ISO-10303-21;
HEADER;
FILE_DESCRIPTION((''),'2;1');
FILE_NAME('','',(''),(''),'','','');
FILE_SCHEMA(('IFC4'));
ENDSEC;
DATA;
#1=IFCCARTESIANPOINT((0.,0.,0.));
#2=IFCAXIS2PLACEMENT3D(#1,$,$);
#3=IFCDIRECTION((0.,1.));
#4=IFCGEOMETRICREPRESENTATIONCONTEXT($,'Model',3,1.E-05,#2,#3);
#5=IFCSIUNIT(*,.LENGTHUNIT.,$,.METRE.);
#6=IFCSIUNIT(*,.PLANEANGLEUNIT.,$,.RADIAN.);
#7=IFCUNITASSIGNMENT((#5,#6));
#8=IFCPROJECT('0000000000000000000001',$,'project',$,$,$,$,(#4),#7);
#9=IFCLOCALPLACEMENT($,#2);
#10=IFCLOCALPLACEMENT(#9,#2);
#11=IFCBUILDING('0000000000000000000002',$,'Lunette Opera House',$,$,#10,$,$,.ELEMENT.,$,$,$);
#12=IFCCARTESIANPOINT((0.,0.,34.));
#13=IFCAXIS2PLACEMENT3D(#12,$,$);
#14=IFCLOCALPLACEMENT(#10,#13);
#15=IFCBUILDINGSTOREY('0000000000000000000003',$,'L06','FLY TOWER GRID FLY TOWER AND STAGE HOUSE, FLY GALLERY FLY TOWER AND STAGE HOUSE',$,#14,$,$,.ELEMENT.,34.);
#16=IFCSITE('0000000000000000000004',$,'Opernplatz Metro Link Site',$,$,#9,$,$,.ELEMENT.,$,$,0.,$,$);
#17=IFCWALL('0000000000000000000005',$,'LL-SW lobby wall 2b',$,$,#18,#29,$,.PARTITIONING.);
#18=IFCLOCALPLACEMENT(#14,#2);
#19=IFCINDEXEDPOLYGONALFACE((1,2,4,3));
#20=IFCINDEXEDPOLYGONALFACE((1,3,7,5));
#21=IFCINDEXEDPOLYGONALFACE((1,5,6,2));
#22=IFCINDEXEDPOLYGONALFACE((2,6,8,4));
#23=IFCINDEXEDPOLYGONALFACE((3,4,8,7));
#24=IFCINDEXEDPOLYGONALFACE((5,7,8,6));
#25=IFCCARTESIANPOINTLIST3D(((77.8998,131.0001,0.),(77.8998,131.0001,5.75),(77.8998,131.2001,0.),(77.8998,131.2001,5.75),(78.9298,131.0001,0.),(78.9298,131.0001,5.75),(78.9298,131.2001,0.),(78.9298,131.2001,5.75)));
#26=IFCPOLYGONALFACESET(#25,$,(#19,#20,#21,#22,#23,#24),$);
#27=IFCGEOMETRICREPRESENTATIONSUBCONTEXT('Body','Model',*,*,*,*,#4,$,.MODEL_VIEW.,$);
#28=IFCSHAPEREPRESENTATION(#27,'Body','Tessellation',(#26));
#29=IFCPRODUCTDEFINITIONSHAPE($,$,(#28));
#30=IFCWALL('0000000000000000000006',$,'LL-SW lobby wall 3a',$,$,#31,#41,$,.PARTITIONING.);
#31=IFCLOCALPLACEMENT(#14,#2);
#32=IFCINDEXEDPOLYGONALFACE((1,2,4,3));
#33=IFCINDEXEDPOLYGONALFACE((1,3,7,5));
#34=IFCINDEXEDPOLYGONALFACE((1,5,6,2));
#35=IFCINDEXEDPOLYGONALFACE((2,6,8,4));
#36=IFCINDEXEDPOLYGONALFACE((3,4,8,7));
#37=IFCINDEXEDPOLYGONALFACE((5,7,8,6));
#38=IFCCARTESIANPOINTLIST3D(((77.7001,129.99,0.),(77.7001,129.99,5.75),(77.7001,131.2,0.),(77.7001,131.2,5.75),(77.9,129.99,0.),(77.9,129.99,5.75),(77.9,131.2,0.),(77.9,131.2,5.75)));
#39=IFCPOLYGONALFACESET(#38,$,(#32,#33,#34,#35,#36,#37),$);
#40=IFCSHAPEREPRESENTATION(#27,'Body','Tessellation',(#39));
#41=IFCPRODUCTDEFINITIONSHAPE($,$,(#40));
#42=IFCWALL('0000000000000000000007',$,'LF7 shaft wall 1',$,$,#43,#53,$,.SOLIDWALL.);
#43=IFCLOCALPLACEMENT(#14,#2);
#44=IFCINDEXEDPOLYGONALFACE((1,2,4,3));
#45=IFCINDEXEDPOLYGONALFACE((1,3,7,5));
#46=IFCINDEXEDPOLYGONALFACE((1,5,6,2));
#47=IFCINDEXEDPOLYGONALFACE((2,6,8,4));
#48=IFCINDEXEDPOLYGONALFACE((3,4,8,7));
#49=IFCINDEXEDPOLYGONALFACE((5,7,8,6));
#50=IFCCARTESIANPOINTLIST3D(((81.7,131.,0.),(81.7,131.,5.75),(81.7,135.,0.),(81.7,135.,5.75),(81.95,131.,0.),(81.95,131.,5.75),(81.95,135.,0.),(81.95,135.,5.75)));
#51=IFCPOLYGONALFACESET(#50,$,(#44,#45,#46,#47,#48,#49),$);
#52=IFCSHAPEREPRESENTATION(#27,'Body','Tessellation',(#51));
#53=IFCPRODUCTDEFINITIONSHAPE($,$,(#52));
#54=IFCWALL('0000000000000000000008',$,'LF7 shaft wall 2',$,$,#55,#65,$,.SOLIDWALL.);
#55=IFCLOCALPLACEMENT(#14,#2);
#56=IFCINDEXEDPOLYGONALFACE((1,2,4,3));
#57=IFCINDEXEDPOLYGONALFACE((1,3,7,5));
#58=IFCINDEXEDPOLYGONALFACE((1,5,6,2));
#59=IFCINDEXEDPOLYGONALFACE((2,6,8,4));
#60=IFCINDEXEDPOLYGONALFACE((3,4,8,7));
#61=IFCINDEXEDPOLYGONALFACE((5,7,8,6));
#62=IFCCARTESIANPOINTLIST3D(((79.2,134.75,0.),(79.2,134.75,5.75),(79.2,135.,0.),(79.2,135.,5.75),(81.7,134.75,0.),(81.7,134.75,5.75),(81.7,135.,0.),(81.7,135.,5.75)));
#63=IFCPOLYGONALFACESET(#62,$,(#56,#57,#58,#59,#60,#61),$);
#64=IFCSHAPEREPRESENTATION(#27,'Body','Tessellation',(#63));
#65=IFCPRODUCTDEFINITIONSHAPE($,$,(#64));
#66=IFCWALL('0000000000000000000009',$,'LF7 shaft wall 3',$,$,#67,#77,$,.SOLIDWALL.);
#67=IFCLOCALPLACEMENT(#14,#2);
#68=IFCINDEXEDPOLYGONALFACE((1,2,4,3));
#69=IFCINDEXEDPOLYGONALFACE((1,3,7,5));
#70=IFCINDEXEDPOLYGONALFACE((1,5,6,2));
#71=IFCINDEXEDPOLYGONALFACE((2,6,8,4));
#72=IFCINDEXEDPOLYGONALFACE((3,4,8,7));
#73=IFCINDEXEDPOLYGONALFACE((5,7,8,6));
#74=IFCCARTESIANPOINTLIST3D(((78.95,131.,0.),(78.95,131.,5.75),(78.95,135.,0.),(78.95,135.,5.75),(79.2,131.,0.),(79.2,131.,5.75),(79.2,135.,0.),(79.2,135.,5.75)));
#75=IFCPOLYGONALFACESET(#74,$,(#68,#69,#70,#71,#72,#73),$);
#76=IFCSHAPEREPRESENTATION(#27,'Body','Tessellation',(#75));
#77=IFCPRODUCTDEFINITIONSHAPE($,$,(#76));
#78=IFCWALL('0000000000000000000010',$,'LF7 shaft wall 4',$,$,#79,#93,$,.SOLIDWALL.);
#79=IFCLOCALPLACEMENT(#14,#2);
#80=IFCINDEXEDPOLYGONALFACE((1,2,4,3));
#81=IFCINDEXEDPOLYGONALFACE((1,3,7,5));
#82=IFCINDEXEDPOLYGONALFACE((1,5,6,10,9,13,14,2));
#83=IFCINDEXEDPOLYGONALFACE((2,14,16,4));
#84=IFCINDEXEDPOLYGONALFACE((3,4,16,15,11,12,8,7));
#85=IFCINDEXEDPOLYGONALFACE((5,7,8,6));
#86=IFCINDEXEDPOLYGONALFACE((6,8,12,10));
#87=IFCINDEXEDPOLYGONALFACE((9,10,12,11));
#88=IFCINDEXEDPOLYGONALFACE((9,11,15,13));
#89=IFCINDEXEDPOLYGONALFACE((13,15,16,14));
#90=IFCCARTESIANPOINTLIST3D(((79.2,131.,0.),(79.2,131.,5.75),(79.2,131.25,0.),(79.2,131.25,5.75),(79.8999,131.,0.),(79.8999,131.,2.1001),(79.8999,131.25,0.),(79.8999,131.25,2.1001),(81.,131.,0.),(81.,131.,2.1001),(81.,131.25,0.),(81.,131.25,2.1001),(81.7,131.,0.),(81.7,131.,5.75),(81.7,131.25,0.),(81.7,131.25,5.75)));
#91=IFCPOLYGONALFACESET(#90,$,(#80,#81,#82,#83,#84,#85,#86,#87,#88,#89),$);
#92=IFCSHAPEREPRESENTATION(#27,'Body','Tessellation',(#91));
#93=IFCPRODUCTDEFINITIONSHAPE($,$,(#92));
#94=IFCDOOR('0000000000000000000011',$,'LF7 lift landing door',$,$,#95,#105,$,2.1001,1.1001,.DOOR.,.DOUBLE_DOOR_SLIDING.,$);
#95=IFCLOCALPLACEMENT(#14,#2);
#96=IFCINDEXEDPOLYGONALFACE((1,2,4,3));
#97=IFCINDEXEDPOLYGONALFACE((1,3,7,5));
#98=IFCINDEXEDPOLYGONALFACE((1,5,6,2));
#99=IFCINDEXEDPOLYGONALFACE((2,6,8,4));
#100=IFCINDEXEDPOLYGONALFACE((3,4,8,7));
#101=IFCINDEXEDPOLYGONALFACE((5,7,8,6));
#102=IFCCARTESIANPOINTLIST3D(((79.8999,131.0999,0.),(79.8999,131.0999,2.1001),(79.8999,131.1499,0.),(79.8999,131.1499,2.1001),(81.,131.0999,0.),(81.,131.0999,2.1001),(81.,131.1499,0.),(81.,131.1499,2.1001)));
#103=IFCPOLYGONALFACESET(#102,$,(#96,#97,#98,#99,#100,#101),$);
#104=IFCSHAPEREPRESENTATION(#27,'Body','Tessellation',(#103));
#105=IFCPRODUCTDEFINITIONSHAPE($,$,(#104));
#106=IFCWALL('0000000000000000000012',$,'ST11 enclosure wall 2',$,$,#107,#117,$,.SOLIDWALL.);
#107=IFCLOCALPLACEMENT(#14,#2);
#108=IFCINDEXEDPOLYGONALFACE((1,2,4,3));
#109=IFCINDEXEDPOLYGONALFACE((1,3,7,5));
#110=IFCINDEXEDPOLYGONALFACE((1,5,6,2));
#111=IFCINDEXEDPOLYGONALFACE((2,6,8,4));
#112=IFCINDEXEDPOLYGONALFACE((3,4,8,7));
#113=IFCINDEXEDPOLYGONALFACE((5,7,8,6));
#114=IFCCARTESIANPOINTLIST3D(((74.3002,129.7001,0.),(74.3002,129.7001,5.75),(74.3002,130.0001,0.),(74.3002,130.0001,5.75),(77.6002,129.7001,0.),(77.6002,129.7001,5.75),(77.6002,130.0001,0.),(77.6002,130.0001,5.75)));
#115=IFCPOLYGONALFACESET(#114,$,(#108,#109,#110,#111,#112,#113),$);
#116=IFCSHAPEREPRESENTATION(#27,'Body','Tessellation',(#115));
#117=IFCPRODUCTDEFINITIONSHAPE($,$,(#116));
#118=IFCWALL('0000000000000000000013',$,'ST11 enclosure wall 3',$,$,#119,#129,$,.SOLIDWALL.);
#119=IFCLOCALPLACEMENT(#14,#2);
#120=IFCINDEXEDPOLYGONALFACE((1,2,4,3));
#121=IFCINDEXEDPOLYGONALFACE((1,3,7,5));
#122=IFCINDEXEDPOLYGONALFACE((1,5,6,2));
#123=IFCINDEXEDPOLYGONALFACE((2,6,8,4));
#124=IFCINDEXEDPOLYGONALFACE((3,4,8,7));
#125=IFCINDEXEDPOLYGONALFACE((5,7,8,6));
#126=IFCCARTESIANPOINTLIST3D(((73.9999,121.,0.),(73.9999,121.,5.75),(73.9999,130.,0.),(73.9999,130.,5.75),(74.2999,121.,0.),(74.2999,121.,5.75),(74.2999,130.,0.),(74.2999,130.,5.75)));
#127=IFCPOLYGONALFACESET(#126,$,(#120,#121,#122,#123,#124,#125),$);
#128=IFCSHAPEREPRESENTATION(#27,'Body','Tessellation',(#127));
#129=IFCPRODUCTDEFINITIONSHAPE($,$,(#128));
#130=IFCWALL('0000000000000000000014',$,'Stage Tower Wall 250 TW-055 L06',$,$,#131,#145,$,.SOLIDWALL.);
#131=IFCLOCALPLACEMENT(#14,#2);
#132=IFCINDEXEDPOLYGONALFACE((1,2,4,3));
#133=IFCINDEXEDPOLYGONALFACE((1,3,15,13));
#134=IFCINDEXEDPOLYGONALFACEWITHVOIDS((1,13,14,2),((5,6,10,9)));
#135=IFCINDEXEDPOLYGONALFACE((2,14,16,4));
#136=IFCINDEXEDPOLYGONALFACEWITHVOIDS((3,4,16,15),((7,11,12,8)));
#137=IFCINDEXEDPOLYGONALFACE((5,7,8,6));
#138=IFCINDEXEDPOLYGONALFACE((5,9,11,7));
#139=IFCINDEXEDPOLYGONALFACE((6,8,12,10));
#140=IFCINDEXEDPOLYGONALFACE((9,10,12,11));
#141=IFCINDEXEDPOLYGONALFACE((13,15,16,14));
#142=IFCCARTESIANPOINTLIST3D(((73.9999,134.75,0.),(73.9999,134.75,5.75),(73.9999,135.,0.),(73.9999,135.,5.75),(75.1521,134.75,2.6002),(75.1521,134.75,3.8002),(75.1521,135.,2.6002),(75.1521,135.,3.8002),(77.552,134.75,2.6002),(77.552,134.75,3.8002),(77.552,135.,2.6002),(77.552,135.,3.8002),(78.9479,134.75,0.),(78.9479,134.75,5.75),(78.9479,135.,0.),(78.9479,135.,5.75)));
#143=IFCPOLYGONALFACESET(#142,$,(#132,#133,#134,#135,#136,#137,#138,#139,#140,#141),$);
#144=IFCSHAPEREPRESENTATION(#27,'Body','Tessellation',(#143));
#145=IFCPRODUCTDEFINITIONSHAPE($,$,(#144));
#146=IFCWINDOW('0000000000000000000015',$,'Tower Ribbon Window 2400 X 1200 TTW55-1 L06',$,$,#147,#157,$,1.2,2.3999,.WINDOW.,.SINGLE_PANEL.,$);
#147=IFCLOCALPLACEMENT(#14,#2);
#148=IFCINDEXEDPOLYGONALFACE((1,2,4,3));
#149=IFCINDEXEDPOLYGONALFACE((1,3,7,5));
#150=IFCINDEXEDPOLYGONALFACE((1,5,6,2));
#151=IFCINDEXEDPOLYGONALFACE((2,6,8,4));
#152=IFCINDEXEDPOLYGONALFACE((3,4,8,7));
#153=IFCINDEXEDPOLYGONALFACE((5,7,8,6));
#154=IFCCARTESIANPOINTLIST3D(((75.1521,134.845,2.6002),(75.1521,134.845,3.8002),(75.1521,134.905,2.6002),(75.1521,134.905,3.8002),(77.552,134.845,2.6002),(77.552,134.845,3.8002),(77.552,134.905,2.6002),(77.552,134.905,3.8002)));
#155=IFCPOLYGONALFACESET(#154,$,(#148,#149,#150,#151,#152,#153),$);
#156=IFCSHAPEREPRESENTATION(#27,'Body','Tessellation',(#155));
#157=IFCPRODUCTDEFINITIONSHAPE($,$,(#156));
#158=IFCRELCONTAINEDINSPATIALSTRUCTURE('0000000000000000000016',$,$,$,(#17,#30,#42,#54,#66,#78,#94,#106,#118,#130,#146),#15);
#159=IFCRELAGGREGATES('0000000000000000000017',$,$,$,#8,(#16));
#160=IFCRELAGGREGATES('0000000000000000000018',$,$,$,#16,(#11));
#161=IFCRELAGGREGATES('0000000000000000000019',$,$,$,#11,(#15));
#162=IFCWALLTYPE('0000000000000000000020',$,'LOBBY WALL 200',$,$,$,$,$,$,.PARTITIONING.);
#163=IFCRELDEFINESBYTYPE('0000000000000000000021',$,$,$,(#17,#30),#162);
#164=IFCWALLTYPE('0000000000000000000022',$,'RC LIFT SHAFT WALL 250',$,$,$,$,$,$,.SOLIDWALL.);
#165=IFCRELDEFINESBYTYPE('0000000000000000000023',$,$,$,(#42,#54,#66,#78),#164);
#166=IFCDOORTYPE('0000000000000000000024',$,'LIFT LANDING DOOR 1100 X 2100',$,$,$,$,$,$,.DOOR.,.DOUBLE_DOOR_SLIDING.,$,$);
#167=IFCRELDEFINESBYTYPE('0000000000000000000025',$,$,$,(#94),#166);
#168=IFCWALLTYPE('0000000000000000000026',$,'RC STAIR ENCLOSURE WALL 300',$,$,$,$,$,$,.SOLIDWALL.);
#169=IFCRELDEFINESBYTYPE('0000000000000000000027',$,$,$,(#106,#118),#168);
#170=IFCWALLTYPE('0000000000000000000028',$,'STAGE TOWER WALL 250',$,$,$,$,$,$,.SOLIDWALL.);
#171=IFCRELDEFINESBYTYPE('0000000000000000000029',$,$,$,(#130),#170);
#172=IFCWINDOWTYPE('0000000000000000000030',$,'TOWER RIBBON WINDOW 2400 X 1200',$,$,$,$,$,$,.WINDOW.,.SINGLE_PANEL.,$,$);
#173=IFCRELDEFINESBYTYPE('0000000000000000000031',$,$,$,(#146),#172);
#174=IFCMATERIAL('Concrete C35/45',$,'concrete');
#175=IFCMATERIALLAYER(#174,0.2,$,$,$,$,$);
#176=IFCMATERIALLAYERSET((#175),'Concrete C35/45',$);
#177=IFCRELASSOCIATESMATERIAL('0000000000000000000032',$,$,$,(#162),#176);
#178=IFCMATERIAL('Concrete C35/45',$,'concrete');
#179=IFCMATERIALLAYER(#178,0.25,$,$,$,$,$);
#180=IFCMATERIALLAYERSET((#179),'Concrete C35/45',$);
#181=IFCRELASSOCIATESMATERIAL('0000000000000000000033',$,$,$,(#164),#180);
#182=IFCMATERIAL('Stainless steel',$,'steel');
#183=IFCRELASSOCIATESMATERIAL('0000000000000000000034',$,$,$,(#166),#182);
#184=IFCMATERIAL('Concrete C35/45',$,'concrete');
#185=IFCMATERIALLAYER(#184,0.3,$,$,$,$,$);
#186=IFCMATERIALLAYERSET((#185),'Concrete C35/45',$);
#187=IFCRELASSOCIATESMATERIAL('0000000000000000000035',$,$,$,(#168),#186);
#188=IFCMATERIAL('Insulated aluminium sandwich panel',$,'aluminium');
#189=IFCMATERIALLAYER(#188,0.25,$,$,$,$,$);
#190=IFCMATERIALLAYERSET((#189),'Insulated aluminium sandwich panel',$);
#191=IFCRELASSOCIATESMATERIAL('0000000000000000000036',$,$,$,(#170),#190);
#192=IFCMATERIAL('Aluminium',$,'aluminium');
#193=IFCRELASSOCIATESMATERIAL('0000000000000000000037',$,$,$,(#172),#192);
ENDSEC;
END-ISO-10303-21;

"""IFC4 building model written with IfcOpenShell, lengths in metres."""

from ifc_helpers import new_model, si_unit, direction, frame, frame_2d, origin, place, context, subcontext, project, spatial, rectangle, extrude, material, layer, layer_set, type_object, element, fill, save


model = new_model("IFC4")

# Units and contexts
model_context = context("Model", 3, precision=1e-05, world=origin(), true_north=direction((0.0, 1.0)))
body_context = subcontext(model_context, "Body", "Model", "MODEL_VIEW")
ifc_project = project(units=[si_unit("LENGTHUNIT", "METRE"), si_unit("PLANEANGLEUNIT", "RADIAN")], contexts=[model_context])

# Site, building, storey
site_placement = place(None, origin())
site = spatial("IfcSite", under=ifc_project, at=site_placement, Name="Opernplatz Metro Link Site", CompositionType="ELEMENT", RefElevation=0.0)
building_placement = place(site_placement, origin())
building = spatial("IfcBuilding", under=site, at=building_placement, Name="Lunette Opera House", CompositionType="ELEMENT")
storey_placement = place(building_placement, frame((0.0, 0.0, 34.0)))
storey = spatial("IfcBuildingStorey", under=building, at=storey_placement, Name="L06", Description="FLY TOWER GRID FLY TOWER AND STAGE HOUSE, FLY GALLERY FLY TOWER AND STAGE HOUSE", CompositionType="ELEMENT", Elevation=34.0)

# Walls
ifc_material_1 = material(Name="Concrete C35/45", Category="concrete")
ifc_layer_1 = layer(ifc_material_1, 0.2)
ifc_layer_set_1 = layer_set([ifc_layer_1], Name="Concrete C35/45")
wall_type_1 = type_object("IfcWallType", Name="LOBBY WALL 200", PredefinedType="PARTITIONING", material=ifc_layer_set_1)
wall_1_placement = place(storey_placement, frame((78.9299, 131.1001, 0.0), z_axis=(0.0, 0.0, 1.0), x_axis=(-1.0, 0.0, 0.0)))
element("IfcWall", 1, at=wall_1_placement, inside=storey, type_object=wall_type_1, Name="LL-SW lobby wall 2b", PredefinedType="PARTITIONING", context=body_context, shape_type="SweptSolid", body=[
    extrude(rectangle(XDim=1.03, YDim=0.2, at=frame_2d((0.5151, 0.0))), origin(), (0.0, 0.0, 1.0), 5.75),
])
wall_2_placement = place(storey_placement, frame((77.8, 131.2, 0.0), z_axis=(0.0, 0.0, 1.0), x_axis=(0.0, -1.0, 0.0)))
element("IfcWall", 2, at=wall_2_placement, inside=storey, type_object=wall_type_1, Name="LL-SW lobby wall 3a", PredefinedType="PARTITIONING", context=body_context, shape_type="SweptSolid", body=[
    extrude(rectangle(XDim=1.21, YDim=0.2, at=frame_2d((0.605, 0.0))), origin(), (0.0, 0.0, 1.0), 5.75),
])
ifc_material_2 = material(Name="Concrete C35/45", Category="concrete")
ifc_layer_2 = layer(ifc_material_2, 0.25)
ifc_layer_set_2 = layer_set([ifc_layer_2], Name="Concrete C35/45")
wall_type_2 = type_object("IfcWallType", Name="RC LIFT SHAFT WALL 250", PredefinedType="SOLIDWALL", material=ifc_layer_set_2)
wall_3_placement = place(storey_placement, frame((81.825, 131.0, 0.0), z_axis=(0.0, 0.0, 1.0), x_axis=(0.0, 1.0, 0.0)))
element("IfcWall", 3, at=wall_3_placement, inside=storey, type_object=wall_type_2, Name="LF7 shaft wall 1", PredefinedType="SOLIDWALL", context=body_context, shape_type="SweptSolid", body=[
    extrude(rectangle(XDim=4.0, YDim=0.25, at=frame_2d((2.0, 0.0))), origin(), (0.0, 0.0, 1.0), 5.75),
])
wall_4_placement = place(storey_placement, frame((81.7, 134.875, 0.0), z_axis=(0.0, 0.0, 1.0), x_axis=(-1.0, 0.0, 0.0)))
element("IfcWall", 4, at=wall_4_placement, inside=storey, type_object=wall_type_2, Name="LF7 shaft wall 2", PredefinedType="SOLIDWALL", context=body_context, shape_type="SweptSolid", body=[
    extrude(rectangle(XDim=2.5, YDim=0.25, at=frame_2d((1.25, 0.0))), origin(), (0.0, 0.0, 1.0), 5.75),
])
wall_5_placement = place(storey_placement, frame((79.075, 135.0, 0.0), z_axis=(0.0, 0.0, 1.0), x_axis=(0.0, -1.0, 0.0)))
element("IfcWall", 5, at=wall_5_placement, inside=storey, type_object=wall_type_2, Name="LF7 shaft wall 3", PredefinedType="SOLIDWALL", context=body_context, shape_type="SweptSolid", body=[
    extrude(rectangle(XDim=4.0, YDim=0.25, at=frame_2d((2.0, 0.0))), origin(), (0.0, 0.0, 1.0), 5.75),
])

# Wall, opening, door
wall_6_placement = place(storey_placement, frame((79.2, 131.125, 0.0), z_axis=(0.0, 0.0, 1.0), x_axis=(1.0, 0.0, 0.0)))
wall_6 = element("IfcWall", 6, at=wall_6_placement, inside=storey, type_object=wall_type_2, Name="LF7 shaft wall 4", PredefinedType="SOLIDWALL", context=body_context, shape_type="SweptSolid", body=[
    extrude(rectangle(XDim=2.5, YDim=0.25, at=frame_2d((1.25, 0.0))), origin(), (0.0, 0.0, 1.0), 5.75),
])
opening_1_placement = place(wall_6_placement, frame((0.7, 0.0, 0.0)))
opening_1 = element("IfcOpeningElement", 7, at=opening_1_placement, cuts=wall_6, PredefinedType="OPENING", context=body_context, shape_type="SweptSolid", body=[
    extrude(rectangle(XDim=1.1001, YDim=2.1001, at=frame_2d((0.55, 1.05))), frame((0.0, 0.137, 0.0), z_axis=(0.0, -1.0, 0.0), x_axis=(1.0, 0.0, 0.0)), (0.0, 0.0, 1.0), 0.2739),
])
ifc_material_3 = material(Name="Stainless steel", Category="steel")
door_type = type_object("IfcDoorType", Name="LIFT LANDING DOOR 1100 X 2100", OperationType="DOUBLE_DOOR_SLIDING", PredefinedType="DOOR", material=ifc_material_3)
door_placement = place(opening_1_placement, origin())
door = element("IfcDoor", 8, at=door_placement, inside=storey, type_object=door_type, Name="LF7 lift landing door", OperationType="DOUBLE_DOOR_SLIDING", OverallHeight=2.1001, OverallWidth=1.1001, PredefinedType="DOOR", context=body_context, shape_type="SweptSolid", body=[
    extrude(rectangle(XDim=1.1001, YDim=2.1001, at=frame_2d((0.55, 1.05))), frame((0.0, 0.0249, 0.0), z_axis=(0.0, -1.0, 0.0), x_axis=(1.0, 0.0, 0.0)), (0.0, 0.0, 1.0), 0.05),
])
fill(opening_1, door)

# Walls
ifc_material_4 = material(Name="Concrete C35/45", Category="concrete")
ifc_layer_3 = layer(ifc_material_4, 0.3)
ifc_layer_set_3 = layer_set([ifc_layer_3], Name="Concrete C35/45")
wall_type_3 = type_object("IfcWallType", Name="RC STAIR ENCLOSURE WALL 300", PredefinedType="SOLIDWALL", material=ifc_layer_set_3)
wall_7_placement = place(storey_placement, frame((77.6001, 129.8501, 0.0), z_axis=(0.0, 0.0, 1.0), x_axis=(-1.0, 0.0, 0.0)))
element("IfcWall", 9, at=wall_7_placement, inside=storey, type_object=wall_type_3, Name="ST11 enclosure wall 2", PredefinedType="SOLIDWALL", context=body_context, shape_type="SweptSolid", body=[
    extrude(rectangle(XDim=3.3, YDim=0.3, at=frame_2d((1.6499, 0.0))), origin(), (0.0, 0.0, 1.0), 5.75),
])
wall_8_placement = place(storey_placement, frame((74.1499, 130.0, 0.0), z_axis=(0.0, 0.0, 1.0), x_axis=(0.0, -1.0, 0.0)))
element("IfcWall", 10, at=wall_8_placement, inside=storey, type_object=wall_type_3, Name="ST11 enclosure wall 3", PredefinedType="SOLIDWALL", context=body_context, shape_type="SweptSolid", body=[
    extrude(rectangle(XDim=9.0, YDim=0.3, at=frame_2d((4.5, 0.0))), origin(), (0.0, 0.0, 1.0), 5.75),
])
ifc_material_5 = material(Name="Insulated aluminium sandwich panel", Category="aluminium")
ifc_layer_4 = layer(ifc_material_5, 0.25)
ifc_layer_set_4 = layer_set([ifc_layer_4], Name="Insulated aluminium sandwich panel")
wall_type_4 = type_object("IfcWallType", Name="STAGE TOWER WALL 250", PredefinedType="SOLIDWALL", material=ifc_layer_set_4)

# Wall, opening, window
wall_9_placement = place(storey_placement, frame((78.948, 134.875, 0.0), z_axis=(0.0, 0.0, 1.0), x_axis=(-1.0, 0.0, 0.0)))
wall_9 = element("IfcWall", 11, at=wall_9_placement, inside=storey, type_object=wall_type_4, Name="Stage Tower Wall 250 TW-055 L06", PredefinedType="SOLIDWALL", context=body_context, shape_type="SweptSolid", body=[
    extrude(rectangle(XDim=4.948, YDim=0.25, at=frame_2d((2.4741, 0.0))), origin(), (0.0, 0.0, 1.0), 5.75),
])
opening_2_placement = place(wall_9_placement, frame((1.396, 0.0, 2.6001)))
opening_2 = element("IfcOpeningElement", 12, at=opening_2_placement, cuts=wall_9, PredefinedType="OPENING", context=body_context, shape_type="SweptSolid", body=[
    extrude(rectangle(XDim=2.3999, YDim=1.2, at=frame_2d((1.2, 0.6001))), frame((0.0, 0.137, 0.0), z_axis=(0.0, -1.0, 0.0), x_axis=(1.0, 0.0, 0.0)), (0.0, 0.0, 1.0), 0.2739),
])
ifc_material_6 = material(Name="Aluminium", Category="aluminium")
window_type = type_object("IfcWindowType", Name="TOWER RIBBON WINDOW 2400 X 1200", PartitioningType="SINGLE_PANEL", PredefinedType="WINDOW", material=ifc_material_6)
window_1_placement = place(opening_2_placement, origin())
window_1 = element("IfcWindow", 13, at=window_1_placement, inside=storey, type_object=window_type, Name="Tower Ribbon Window 2400 X 1200 TTW55-1 L06", OverallHeight=1.2, OverallWidth=2.3999, PartitioningType="SINGLE_PANEL", PredefinedType="WINDOW", context=body_context, shape_type="SweptSolid", body=[
    extrude(rectangle(XDim=2.3999, YDim=1.2, at=frame_2d((1.2, 0.6001))), frame((0.0, 0.03, 0.0), z_axis=(0.0, -1.0, 0.0), x_axis=(1.0, 0.0, 0.0)), (0.0, 0.0, 1.0), 0.0601),
])
fill(opening_2, window_1)

save(model, "model.ifc")
